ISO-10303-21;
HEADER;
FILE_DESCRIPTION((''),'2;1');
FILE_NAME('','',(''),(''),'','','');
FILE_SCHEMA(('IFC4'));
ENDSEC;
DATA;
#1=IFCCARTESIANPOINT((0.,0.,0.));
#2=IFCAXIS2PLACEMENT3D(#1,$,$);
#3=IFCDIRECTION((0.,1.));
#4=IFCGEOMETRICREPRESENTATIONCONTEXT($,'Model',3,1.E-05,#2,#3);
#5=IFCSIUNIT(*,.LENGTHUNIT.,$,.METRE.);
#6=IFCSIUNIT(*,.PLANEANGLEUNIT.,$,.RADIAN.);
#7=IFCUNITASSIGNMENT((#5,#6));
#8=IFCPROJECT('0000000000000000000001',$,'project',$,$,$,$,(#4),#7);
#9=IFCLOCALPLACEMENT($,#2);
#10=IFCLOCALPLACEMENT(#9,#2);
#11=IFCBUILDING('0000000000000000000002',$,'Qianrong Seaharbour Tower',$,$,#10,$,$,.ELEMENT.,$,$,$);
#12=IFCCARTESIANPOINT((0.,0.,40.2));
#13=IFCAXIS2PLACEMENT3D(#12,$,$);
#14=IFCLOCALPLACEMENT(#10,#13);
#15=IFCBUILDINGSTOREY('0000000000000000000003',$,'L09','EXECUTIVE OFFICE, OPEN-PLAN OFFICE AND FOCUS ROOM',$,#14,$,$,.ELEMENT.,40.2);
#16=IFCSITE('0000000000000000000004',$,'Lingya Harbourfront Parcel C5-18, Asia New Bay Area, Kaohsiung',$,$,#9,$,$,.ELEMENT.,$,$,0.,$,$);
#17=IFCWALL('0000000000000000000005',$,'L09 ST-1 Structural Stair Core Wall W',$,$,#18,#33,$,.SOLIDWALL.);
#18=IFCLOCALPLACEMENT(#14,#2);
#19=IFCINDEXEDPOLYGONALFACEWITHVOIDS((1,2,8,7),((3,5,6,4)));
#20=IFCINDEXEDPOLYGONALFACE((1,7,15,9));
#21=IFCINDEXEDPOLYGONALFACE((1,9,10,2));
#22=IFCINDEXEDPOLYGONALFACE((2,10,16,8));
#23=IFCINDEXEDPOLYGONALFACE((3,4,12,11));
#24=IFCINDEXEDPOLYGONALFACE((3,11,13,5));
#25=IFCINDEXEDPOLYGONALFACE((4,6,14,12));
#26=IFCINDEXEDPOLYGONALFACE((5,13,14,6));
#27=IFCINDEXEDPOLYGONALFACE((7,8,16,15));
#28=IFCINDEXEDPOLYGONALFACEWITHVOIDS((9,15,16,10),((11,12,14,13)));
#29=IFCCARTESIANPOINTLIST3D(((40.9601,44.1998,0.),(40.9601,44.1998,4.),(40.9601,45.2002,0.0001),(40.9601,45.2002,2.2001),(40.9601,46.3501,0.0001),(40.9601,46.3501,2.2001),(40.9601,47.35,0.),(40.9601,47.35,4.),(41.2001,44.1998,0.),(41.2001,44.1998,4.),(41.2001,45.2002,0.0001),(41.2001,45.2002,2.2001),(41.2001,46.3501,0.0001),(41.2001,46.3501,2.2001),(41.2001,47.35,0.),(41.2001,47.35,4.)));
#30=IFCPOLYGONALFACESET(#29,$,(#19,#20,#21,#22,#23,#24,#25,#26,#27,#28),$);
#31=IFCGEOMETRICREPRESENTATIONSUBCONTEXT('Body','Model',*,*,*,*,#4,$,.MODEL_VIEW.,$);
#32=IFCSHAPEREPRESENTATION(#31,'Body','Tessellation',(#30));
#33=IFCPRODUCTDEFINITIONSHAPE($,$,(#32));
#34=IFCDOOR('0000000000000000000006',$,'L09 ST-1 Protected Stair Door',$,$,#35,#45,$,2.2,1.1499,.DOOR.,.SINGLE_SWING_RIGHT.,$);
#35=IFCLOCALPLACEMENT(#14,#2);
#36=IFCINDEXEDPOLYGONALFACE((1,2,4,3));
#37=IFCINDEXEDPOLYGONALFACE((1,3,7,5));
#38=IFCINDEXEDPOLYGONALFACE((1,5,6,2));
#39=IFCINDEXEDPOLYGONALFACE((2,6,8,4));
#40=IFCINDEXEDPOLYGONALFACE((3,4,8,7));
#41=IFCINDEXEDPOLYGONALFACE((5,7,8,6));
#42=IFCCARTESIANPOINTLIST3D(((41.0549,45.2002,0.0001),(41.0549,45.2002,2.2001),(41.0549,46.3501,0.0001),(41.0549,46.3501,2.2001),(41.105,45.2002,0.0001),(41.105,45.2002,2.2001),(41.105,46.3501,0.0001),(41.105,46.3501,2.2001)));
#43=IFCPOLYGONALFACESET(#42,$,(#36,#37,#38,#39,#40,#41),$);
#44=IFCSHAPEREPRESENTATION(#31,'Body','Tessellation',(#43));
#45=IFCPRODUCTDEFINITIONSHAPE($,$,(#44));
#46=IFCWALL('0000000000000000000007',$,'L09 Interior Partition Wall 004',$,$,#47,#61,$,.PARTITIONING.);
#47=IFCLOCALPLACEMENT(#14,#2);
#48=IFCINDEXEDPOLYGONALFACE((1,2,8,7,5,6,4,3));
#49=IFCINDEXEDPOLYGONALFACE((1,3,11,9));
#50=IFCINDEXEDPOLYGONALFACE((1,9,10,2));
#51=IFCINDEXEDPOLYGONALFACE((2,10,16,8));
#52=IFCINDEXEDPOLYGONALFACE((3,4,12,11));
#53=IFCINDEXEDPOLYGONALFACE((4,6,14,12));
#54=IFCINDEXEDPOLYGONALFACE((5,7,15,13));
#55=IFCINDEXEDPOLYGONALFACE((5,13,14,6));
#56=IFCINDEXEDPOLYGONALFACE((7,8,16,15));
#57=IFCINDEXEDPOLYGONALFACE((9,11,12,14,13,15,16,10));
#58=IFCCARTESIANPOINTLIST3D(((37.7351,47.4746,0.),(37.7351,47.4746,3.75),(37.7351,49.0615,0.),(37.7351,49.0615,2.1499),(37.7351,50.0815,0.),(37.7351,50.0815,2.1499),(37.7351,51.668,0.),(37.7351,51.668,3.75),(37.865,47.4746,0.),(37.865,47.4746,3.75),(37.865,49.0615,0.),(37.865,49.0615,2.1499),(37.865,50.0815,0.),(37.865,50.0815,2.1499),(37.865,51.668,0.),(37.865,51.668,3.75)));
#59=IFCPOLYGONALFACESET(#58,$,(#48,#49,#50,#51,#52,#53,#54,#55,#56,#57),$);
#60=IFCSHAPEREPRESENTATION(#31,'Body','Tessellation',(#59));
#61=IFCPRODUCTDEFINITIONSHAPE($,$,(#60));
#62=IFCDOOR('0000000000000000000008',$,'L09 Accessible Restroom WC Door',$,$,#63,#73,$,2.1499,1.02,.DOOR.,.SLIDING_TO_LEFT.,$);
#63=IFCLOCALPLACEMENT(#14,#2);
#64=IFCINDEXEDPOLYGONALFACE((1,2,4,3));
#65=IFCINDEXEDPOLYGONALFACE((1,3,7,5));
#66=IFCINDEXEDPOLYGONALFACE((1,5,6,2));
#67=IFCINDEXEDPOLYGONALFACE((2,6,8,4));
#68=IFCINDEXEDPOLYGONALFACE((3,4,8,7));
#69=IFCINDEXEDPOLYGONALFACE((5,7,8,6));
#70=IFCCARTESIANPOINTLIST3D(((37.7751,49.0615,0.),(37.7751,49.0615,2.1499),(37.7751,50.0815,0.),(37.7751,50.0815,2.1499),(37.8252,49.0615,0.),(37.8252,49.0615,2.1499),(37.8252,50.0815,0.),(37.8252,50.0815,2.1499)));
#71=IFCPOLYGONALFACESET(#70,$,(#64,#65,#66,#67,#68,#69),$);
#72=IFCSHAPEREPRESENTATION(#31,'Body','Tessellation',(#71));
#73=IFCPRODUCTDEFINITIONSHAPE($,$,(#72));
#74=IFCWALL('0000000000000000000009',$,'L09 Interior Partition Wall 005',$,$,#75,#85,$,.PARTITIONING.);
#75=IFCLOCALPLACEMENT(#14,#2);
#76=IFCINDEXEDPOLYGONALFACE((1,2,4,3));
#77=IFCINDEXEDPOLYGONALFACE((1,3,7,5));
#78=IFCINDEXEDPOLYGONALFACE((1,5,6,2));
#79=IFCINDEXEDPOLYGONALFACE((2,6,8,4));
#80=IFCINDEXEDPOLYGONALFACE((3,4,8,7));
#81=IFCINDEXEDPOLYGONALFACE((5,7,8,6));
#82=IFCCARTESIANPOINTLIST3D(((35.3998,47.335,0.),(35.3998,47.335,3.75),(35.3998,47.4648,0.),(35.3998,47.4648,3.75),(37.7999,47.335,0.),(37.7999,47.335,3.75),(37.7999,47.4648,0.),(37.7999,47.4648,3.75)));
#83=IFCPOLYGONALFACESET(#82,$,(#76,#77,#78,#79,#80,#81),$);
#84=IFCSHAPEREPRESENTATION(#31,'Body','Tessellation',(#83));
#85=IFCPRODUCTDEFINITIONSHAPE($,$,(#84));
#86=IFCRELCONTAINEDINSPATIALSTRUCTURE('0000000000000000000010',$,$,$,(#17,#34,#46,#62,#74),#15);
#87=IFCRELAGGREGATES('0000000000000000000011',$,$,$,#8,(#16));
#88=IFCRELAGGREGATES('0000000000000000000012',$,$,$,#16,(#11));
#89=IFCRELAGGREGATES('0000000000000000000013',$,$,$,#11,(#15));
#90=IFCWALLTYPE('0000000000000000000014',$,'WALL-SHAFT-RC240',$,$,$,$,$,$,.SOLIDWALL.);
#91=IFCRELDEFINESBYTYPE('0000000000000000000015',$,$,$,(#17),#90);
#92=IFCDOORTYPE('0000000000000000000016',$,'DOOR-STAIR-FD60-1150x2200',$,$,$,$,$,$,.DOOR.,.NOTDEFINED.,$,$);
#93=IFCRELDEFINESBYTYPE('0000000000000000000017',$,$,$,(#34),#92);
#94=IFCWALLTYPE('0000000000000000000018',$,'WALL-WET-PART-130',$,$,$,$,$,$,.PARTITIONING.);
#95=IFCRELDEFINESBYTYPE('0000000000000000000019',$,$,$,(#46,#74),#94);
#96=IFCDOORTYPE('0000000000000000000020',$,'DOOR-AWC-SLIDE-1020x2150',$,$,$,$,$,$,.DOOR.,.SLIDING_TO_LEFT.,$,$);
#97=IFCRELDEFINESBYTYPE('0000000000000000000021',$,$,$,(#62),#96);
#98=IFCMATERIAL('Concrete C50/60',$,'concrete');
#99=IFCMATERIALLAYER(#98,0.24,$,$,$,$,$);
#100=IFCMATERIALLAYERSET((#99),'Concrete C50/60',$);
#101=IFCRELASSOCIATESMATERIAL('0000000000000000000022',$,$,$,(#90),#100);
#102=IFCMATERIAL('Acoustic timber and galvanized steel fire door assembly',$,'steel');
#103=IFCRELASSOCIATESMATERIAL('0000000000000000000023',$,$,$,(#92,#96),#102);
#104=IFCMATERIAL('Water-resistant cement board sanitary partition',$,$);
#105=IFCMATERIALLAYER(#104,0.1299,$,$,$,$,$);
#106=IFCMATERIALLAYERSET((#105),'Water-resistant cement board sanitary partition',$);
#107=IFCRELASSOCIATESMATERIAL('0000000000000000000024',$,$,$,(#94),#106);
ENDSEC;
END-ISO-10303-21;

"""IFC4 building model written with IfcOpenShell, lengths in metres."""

from ifc_helpers import new_model, si_unit, direction, frame, frame_2d, origin, place, context, subcontext, project, spatial, rectangle, extrude, material, layer, layer_set, type_object, element, fill, save


model = new_model("IFC4")

# Units and contexts
model_context = context("Model", 3, precision=1e-05, world=origin(), true_north=direction((0.0, 1.0)))
body_context = subcontext(model_context, "Body", "Model", "MODEL_VIEW")
ifc_project = project(units=[si_unit("LENGTHUNIT", "METRE"), si_unit("PLANEANGLEUNIT", "RADIAN")], contexts=[model_context])

# Site, building, storey
site_placement = place(None, origin())
site = spatial("IfcSite", under=ifc_project, at=site_placement, Name="Lingya Harbourfront Parcel C5-18, Asia New Bay Area, Kaohsiung", CompositionType="ELEMENT", RefElevation=0.0)
building_placement = place(site_placement, origin())
building = spatial("IfcBuilding", under=site, at=building_placement, Name="Qianrong Seaharbour Tower", CompositionType="ELEMENT")
storey_placement = place(building_placement, frame((0.0, 0.0, 40.2)))
storey = spatial("IfcBuildingStorey", under=building, at=storey_placement, Name="L09", Description="EXECUTIVE OFFICE, OPEN-PLAN OFFICE AND FOCUS ROOM", CompositionType="ELEMENT", Elevation=40.2)

# Shared definitions
ifc_material_1 = material(Name="Acoustic timber and galvanized steel fire door assembly", Category="steel")

# Shared definitions
ifc_material_2 = material(Name="Concrete C50/60", Category="concrete")
ifc_layer_1 = layer(ifc_material_2, 0.24)
ifc_layer_set_1 = layer_set([ifc_layer_1], Name="Concrete C50/60")
wall_type_1 = type_object("IfcWallType", Name="WALL-SHAFT-RC240", PredefinedType="SOLIDWALL", material=ifc_layer_set_1)

# Walls, openings, doors
wall_1_placement = place(storey_placement, frame((41.0801, 47.3501, 0.0), z_axis=(0.0, 0.0, 1.0), x_axis=(0.0, -1.0, 0.0)))
wall_1 = element("IfcWall", 1, at=wall_1_placement, inside=storey, type_object=wall_type_1, Name="L09 ST-1 Structural Stair Core Wall W", PredefinedType="SOLIDWALL", context=body_context, shape_type="SweptSolid", body=[
    extrude(rectangle(XDim=3.1501, YDim=0.24, at=frame_2d((1.5752, 0.0))), origin(), (0.0, 0.0, 1.0), 4.0),
])
opening_1_placement = place(wall_1_placement, frame((1.0, 0.0, 0.0)))
opening_1 = element("IfcOpeningElement", 2, at=opening_1_placement, cuts=wall_1, PredefinedType="OPENING", context=body_context, shape_type="SweptSolid", body=[
    extrude(rectangle(XDim=1.1499, YDim=2.2, at=frame_2d((0.575, 1.1001))), frame((0.0, 0.1299, 0.0), z_axis=(0.0, -1.0, 0.0), x_axis=(1.0, 0.0, 0.0)), (0.0, 0.0, 1.0), 0.26),
])
door_type_1 = type_object("IfcDoorType", Name="DOOR-STAIR-FD60-1150x2200", OperationType="NOTDEFINED", PredefinedType="DOOR", material=ifc_material_1)
door_1_placement = place(opening_1_placement, origin())
door_1 = element("IfcDoor", 3, at=door_1_placement, inside=storey, type_object=door_type_1, Name="L09 ST-1 Protected Stair Door", OperationType="SINGLE_SWING_RIGHT", OverallHeight=2.2, OverallWidth=1.1499, PredefinedType="DOOR", context=body_context, shape_type="SweptSolid", body=[
    extrude(rectangle(XDim=1.1499, YDim=2.2, at=frame_2d((0.575, 1.1001))), frame((0.0, 0.0249, 0.0), z_axis=(0.0, -1.0, 0.0), x_axis=(1.0, 0.0, 0.0)), (0.0, 0.0, 1.0), 0.05),
])
fill(opening_1, door_1)
ifc_material_3 = material(Name="Water-resistant cement board sanitary partition")
ifc_layer_2 = layer(ifc_material_3, 0.1299)
ifc_layer_set_2 = layer_set([ifc_layer_2], Name="Water-resistant cement board sanitary partition")
wall_type_2 = type_object("IfcWallType", Name="WALL-WET-PART-130", PredefinedType="PARTITIONING", material=ifc_layer_set_2)
wall_2_placement = place(storey_placement, frame((37.8, 47.4746, 0.0), z_axis=(0.0, 0.0, 1.0), x_axis=(0.0, 1.0, 0.0)))
wall_2 = element("IfcWall", 4, at=wall_2_placement, inside=storey, type_object=wall_type_2, Name="L09 Interior Partition Wall 004", PredefinedType="PARTITIONING", context=body_context, shape_type="SweptSolid", body=[
    extrude(rectangle(XDim=4.1934, YDim=0.1299, at=frame_2d((2.0967, 0.0))), origin(), (0.0, 0.0, 1.0), 3.75),
])
opening_2_placement = place(wall_2_placement, frame((1.5869, 0.0, 0.0)))
opening_2 = element("IfcOpeningElement", 5, at=opening_2_placement, cuts=wall_2, PredefinedType="OPENING", context=body_context, shape_type="SweptSolid", body=[
    extrude(rectangle(XDim=1.02, YDim=2.1499, at=frame_2d((0.51, 1.075))), frame((0.0, 0.075, 0.0), z_axis=(0.0, -1.0, 0.0), x_axis=(1.0, 0.0, 0.0)), (0.0, 0.0, 1.0), 0.1499),
])
door_type_2 = type_object("IfcDoorType", Name="DOOR-AWC-SLIDE-1020x2150", OperationType="SLIDING_TO_LEFT", PredefinedType="DOOR", material=ifc_material_1)
door_2_placement = place(opening_2_placement, origin())
door_2 = element("IfcDoor", 6, at=door_2_placement, inside=storey, type_object=door_type_2, Name="L09 Accessible Restroom WC Door", OperationType="SLIDING_TO_LEFT", OverallHeight=2.1499, OverallWidth=1.02, PredefinedType="DOOR", context=body_context, shape_type="SweptSolid", body=[
    extrude(rectangle(XDim=1.02, YDim=2.1499, at=frame_2d((0.51, 1.075))), frame((0.0, 0.0249, 0.0), z_axis=(0.0, -1.0, 0.0), x_axis=(1.0, 0.0, 0.0)), (0.0, 0.0, 1.0), 0.05),
])
fill(opening_2, door_2)

# Wall
wall_3_placement = place(storey_placement, frame((37.8, 47.3999, 0.0), z_axis=(0.0, 0.0, 1.0), x_axis=(-1.0, 0.0, 0.0)))
element("IfcWall", 7, at=wall_3_placement, inside=storey, type_object=wall_type_2, Name="L09 Interior Partition Wall 005", PredefinedType="PARTITIONING", context=body_context, shape_type="SweptSolid", body=[
    extrude(rectangle(XDim=2.4001, YDim=0.1299, at=frame_2d((1.2002, 0.0))), origin(), (0.0, 0.0, 1.0), 3.75),
])

save(model, "model.ifc")
